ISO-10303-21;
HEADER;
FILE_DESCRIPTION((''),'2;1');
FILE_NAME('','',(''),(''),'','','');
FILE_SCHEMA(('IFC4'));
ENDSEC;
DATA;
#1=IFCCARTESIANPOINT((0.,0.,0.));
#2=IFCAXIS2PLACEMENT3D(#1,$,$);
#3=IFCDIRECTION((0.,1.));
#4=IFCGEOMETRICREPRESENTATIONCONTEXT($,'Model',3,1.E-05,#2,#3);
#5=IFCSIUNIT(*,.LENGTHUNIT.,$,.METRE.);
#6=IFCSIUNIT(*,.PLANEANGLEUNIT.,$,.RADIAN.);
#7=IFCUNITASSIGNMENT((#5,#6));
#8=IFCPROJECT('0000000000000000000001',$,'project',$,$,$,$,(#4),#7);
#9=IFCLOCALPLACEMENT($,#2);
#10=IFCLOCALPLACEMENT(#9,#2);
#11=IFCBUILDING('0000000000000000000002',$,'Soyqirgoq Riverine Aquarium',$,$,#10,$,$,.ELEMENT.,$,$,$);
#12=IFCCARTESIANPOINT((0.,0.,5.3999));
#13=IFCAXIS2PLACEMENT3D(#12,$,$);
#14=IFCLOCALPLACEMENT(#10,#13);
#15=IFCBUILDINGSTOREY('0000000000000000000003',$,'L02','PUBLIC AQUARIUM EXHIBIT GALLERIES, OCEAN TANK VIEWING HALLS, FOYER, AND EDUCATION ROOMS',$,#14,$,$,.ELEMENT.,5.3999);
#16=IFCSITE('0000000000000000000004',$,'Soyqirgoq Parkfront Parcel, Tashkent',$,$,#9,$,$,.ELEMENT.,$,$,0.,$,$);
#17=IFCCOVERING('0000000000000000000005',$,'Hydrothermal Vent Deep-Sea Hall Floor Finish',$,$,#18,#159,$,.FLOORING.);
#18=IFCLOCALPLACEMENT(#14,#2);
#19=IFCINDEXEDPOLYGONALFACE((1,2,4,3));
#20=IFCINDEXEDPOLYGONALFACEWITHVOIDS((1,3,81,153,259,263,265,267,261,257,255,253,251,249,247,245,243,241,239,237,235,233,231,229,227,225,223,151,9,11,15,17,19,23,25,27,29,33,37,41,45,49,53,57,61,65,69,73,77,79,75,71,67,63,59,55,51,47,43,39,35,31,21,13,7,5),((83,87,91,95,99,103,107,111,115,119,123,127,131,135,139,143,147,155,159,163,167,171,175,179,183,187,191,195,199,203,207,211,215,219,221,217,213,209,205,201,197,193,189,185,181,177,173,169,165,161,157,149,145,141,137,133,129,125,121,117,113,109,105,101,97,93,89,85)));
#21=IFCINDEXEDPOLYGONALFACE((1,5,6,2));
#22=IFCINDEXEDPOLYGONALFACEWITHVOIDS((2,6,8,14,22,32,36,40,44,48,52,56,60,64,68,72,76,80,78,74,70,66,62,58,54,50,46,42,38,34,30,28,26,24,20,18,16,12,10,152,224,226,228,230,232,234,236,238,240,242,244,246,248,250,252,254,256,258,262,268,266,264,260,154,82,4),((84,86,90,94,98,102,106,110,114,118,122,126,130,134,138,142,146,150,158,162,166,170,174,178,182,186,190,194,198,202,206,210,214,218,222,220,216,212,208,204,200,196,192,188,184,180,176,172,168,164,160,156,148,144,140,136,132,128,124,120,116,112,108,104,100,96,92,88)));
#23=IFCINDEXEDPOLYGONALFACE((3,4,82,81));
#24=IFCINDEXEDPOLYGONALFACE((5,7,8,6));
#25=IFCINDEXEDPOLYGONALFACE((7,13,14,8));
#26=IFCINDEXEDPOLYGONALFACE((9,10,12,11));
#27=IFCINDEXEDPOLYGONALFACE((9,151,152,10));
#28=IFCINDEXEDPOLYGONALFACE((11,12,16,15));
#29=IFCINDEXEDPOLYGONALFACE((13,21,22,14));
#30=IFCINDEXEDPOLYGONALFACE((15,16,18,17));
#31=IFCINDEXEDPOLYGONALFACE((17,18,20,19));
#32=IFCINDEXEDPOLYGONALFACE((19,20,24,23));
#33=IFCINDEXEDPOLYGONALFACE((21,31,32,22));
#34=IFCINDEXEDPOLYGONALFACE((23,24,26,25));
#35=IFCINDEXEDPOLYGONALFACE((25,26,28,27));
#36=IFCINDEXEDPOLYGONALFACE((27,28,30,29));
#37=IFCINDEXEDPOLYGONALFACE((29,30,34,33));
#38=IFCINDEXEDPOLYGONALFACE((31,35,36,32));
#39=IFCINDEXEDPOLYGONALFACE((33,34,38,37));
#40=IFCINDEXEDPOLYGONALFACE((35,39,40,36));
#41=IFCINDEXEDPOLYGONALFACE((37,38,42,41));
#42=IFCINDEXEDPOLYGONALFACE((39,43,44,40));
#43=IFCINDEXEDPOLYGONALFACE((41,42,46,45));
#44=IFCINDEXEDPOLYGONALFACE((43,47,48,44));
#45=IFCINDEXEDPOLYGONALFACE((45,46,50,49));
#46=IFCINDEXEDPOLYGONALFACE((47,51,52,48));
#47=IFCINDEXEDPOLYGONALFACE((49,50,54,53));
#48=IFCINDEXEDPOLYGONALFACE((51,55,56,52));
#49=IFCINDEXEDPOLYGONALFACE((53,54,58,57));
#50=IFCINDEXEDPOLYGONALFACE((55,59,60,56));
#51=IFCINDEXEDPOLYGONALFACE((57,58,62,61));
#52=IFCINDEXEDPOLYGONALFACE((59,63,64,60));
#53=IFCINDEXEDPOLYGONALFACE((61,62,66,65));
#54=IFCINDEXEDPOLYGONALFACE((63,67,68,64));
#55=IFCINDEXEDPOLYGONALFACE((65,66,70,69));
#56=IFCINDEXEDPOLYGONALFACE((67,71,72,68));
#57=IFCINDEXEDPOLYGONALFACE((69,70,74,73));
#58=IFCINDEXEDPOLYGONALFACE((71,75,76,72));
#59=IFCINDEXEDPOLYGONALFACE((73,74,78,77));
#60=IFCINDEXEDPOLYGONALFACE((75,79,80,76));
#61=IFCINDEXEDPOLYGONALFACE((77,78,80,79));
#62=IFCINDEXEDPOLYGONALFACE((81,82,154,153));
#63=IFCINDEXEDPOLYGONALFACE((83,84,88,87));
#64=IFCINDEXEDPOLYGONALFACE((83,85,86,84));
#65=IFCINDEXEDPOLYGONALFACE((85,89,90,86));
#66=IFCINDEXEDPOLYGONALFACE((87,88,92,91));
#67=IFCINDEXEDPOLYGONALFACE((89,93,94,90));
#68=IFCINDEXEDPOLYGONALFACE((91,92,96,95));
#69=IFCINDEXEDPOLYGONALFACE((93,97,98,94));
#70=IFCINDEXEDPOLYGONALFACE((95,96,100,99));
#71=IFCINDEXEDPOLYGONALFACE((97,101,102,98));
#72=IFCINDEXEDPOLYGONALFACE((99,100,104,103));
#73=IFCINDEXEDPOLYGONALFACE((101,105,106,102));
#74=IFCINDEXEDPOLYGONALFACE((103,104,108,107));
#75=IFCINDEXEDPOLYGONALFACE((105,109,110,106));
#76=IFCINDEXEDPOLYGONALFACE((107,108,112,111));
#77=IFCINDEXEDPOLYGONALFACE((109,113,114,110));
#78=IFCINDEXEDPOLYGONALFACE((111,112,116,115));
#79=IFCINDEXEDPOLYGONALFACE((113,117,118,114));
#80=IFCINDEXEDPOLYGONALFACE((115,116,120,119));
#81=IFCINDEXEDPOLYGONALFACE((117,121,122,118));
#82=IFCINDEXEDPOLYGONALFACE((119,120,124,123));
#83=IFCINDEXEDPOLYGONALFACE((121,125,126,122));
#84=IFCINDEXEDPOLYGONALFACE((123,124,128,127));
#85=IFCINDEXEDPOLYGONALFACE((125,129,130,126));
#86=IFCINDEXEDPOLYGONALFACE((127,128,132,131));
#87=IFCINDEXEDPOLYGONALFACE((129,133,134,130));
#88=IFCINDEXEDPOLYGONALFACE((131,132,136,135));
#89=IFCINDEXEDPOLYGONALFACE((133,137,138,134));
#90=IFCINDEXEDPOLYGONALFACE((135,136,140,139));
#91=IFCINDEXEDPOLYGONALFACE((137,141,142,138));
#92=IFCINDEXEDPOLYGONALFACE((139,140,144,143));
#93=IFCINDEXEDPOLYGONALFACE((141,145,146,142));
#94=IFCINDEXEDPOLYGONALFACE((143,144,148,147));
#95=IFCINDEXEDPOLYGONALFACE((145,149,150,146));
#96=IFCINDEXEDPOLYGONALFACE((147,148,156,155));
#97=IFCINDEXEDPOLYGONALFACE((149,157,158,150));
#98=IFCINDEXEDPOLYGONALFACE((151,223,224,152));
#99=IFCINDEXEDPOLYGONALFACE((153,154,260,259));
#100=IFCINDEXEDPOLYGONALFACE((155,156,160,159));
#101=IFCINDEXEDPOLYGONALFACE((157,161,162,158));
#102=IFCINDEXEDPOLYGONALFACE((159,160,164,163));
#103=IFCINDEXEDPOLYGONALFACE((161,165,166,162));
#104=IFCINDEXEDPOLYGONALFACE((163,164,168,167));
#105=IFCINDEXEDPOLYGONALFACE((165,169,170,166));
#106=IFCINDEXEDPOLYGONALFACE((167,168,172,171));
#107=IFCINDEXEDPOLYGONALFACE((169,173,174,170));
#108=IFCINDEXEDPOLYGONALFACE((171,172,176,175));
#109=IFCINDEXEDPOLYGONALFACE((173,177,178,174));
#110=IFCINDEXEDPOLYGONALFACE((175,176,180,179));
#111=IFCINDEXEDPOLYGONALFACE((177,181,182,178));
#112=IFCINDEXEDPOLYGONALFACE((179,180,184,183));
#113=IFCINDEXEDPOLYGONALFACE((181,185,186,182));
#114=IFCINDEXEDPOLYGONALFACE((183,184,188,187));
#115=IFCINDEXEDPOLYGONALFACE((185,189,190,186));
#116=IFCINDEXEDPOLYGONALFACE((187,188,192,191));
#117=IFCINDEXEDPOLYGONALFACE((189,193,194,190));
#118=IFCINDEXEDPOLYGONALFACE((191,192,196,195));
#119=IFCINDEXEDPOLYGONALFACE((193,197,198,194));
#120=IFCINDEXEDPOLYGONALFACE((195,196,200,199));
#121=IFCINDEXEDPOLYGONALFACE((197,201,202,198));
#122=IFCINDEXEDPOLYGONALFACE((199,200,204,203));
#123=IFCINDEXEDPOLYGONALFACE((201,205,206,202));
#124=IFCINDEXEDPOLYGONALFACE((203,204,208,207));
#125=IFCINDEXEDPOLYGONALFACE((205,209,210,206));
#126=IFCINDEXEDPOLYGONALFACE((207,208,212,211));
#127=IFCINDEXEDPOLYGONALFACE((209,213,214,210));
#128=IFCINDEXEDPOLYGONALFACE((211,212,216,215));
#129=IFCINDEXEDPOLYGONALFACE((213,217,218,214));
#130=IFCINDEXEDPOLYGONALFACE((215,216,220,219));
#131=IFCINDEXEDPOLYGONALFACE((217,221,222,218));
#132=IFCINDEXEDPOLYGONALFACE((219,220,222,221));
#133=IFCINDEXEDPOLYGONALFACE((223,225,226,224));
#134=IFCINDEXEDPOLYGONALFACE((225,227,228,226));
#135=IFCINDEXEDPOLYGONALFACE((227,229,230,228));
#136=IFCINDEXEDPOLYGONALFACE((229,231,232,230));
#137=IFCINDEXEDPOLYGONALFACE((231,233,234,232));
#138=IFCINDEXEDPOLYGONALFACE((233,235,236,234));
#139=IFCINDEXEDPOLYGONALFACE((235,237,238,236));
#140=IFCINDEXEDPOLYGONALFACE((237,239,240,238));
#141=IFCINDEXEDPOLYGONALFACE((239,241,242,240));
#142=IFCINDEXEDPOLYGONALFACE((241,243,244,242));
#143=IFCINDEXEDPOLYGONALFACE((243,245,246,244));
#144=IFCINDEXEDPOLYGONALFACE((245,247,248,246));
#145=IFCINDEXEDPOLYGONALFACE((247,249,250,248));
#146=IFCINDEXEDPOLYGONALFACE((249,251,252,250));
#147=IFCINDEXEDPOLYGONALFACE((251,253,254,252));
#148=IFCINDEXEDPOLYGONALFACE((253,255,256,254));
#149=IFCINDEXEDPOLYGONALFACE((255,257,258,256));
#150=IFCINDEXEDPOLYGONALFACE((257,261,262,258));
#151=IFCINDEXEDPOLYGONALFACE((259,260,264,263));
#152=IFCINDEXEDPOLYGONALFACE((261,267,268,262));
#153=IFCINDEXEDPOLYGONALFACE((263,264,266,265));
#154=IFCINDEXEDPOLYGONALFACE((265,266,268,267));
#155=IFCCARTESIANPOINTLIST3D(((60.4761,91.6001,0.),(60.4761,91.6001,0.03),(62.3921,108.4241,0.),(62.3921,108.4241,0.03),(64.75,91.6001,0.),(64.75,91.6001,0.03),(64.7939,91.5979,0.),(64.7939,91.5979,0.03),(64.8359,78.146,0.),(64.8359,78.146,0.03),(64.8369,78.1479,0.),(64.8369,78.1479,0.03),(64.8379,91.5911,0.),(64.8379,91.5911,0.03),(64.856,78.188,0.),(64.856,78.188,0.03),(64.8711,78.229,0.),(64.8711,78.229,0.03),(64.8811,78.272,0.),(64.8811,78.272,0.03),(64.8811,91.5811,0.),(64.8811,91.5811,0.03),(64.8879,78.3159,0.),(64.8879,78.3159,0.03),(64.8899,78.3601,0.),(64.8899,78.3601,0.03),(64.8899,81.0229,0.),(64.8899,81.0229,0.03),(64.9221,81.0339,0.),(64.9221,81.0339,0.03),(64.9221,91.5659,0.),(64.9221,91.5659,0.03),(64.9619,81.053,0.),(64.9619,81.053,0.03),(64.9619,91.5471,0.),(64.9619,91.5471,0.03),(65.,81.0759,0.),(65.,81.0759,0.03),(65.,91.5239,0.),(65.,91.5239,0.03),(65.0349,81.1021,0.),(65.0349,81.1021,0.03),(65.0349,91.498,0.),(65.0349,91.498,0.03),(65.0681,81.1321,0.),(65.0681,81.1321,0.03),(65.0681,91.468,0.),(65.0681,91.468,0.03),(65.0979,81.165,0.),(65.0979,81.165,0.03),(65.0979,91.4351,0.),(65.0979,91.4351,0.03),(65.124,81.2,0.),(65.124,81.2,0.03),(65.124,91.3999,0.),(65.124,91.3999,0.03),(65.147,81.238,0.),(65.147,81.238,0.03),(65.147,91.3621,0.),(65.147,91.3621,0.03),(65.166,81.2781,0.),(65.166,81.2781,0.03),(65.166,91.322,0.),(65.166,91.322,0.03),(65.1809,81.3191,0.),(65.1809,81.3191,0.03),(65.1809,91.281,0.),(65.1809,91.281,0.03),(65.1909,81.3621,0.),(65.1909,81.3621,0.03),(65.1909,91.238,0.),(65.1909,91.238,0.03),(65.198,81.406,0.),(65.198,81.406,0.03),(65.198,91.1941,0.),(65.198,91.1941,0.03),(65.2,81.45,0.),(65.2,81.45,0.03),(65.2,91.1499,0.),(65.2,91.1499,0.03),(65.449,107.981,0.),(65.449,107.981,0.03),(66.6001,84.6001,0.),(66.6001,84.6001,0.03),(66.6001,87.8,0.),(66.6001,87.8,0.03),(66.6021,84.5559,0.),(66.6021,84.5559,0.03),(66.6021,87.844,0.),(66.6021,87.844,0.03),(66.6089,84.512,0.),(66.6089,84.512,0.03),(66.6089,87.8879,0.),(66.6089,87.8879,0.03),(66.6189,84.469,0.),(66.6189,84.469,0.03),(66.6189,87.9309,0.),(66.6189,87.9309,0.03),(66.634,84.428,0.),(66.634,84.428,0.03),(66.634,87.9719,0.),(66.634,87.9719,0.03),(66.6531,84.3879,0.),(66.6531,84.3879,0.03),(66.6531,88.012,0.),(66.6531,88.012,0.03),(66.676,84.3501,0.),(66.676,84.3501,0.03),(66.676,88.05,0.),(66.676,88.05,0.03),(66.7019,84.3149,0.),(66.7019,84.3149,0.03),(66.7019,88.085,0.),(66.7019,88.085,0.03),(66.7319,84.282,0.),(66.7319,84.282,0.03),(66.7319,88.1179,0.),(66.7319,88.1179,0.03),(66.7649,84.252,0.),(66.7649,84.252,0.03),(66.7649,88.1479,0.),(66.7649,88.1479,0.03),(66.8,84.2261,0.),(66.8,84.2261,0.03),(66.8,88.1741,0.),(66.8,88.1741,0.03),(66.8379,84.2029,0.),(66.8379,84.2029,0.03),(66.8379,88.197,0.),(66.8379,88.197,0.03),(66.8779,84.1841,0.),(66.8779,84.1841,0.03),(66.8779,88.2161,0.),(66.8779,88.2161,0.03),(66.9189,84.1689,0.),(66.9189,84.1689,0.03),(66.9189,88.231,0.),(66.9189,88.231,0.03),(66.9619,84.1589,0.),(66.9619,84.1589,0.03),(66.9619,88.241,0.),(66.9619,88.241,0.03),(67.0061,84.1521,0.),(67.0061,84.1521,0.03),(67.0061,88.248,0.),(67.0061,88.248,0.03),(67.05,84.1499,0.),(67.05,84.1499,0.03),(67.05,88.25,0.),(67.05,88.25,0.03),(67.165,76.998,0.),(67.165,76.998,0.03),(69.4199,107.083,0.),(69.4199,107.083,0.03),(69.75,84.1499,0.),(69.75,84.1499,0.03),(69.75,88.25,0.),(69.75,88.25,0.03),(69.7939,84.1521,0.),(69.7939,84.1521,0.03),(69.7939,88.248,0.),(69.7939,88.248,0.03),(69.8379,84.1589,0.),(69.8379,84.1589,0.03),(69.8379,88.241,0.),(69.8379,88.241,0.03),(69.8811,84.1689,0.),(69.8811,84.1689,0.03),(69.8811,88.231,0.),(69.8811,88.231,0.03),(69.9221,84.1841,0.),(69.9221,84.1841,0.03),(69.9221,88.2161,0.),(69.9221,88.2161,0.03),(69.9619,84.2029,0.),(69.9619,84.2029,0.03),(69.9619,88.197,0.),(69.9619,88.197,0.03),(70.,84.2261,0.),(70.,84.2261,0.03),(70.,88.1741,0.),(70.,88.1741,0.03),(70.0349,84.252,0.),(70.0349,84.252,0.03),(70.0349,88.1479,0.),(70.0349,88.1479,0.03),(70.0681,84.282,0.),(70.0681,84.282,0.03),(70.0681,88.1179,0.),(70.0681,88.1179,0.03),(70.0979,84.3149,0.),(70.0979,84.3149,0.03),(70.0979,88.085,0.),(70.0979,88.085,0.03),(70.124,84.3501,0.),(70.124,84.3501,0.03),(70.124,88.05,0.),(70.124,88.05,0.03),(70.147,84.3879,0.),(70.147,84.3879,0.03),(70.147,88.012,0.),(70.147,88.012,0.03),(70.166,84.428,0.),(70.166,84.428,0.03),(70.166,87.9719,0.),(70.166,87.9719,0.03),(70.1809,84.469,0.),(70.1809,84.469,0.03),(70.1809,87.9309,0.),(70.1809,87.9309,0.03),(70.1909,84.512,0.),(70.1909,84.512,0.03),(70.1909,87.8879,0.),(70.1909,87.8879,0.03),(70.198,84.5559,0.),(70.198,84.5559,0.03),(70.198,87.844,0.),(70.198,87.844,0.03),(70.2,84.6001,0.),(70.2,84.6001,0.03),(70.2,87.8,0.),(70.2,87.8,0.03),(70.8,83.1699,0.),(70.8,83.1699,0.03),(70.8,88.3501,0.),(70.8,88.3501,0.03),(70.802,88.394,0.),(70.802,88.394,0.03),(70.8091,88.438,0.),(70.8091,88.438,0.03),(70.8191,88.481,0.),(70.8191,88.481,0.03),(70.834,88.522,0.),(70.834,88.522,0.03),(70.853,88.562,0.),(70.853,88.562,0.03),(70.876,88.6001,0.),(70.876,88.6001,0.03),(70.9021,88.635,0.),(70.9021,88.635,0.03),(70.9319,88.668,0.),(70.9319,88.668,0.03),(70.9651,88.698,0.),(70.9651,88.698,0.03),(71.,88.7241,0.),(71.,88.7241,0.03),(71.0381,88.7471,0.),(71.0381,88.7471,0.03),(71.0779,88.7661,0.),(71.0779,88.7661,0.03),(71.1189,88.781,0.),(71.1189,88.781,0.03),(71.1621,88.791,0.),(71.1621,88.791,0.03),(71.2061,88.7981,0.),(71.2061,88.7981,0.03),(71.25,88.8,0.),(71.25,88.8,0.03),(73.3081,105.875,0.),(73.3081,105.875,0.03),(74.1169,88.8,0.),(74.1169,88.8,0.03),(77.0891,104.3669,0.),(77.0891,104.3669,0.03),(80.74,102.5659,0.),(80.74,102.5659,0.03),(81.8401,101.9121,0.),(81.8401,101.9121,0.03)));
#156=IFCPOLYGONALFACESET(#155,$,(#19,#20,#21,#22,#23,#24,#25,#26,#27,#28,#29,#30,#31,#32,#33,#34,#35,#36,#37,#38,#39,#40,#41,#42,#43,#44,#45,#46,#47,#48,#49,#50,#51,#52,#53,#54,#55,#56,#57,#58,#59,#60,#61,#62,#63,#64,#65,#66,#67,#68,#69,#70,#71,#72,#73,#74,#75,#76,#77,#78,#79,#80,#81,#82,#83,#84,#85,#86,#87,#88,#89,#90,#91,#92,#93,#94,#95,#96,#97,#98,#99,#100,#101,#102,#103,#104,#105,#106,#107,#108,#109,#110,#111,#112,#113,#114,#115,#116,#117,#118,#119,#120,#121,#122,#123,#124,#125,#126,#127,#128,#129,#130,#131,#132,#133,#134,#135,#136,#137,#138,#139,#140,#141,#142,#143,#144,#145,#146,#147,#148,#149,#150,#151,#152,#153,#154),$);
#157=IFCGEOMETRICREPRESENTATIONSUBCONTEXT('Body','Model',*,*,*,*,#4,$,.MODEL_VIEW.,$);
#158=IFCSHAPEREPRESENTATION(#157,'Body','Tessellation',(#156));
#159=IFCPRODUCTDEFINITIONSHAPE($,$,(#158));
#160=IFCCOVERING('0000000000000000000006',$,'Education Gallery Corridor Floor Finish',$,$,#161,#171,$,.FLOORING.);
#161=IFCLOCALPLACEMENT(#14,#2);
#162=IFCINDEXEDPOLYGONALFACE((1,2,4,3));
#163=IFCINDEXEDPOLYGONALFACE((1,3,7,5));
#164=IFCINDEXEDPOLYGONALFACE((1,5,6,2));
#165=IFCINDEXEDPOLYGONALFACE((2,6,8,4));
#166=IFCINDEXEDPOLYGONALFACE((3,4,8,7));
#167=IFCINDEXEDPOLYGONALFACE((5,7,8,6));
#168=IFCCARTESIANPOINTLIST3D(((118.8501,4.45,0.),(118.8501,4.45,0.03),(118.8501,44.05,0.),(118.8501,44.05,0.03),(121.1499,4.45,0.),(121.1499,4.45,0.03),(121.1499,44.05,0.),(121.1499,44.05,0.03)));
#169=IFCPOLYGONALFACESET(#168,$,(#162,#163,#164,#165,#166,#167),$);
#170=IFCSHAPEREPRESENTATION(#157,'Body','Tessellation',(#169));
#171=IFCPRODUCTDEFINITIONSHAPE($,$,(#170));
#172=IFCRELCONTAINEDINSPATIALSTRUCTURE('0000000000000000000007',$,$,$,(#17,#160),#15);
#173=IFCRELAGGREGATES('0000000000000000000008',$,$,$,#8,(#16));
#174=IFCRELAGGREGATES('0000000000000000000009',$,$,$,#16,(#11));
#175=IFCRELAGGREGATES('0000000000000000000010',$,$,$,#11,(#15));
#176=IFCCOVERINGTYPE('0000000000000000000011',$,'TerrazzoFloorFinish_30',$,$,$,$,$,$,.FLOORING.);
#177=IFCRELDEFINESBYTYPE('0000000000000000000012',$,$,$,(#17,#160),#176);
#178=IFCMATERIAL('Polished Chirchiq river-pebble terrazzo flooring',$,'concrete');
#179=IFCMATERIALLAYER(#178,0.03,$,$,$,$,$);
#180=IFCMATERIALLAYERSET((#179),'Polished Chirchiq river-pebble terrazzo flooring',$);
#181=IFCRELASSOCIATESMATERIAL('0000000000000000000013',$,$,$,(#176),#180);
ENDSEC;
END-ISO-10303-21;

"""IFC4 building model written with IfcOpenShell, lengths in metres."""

from ifc_helpers import new_model, si_unit, direction, frame, origin, place, context, subcontext, project, spatial, polyline, outline, extrude, material, layer, layer_set, type_object, element, save


model = new_model("IFC4")

# Units and contexts
model_context = context("Model", 3, precision=1e-05, world=origin(), true_north=direction((0.0, 1.0)))
body_context = subcontext(model_context, "Body", "Model", "MODEL_VIEW")
ifc_project = project(units=[si_unit("LENGTHUNIT", "METRE"), si_unit("PLANEANGLEUNIT", "RADIAN")], contexts=[model_context])

# Site, building, storey
site_placement = place(None, origin())
site = spatial("IfcSite", under=ifc_project, at=site_placement, Name="Soyqirgoq Parkfront Parcel, Tashkent", CompositionType="ELEMENT", RefElevation=0.0)
building_placement = place(site_placement, origin())
building = spatial("IfcBuilding", under=site, at=building_placement, Name="Soyqirgoq Riverine Aquarium", CompositionType="ELEMENT")
storey_placement = place(building_placement, frame((0.0, 0.0, 5.3999)))
storey = spatial("IfcBuildingStorey", under=building, at=storey_placement, Name="L02", Description="PUBLIC AQUARIUM EXHIBIT GALLERIES, OCEAN TANK VIEWING HALLS, FOYER, AND EDUCATION ROOMS", CompositionType="ELEMENT", Elevation=5.3999)

# Coverings
ifc_material_1 = material(Name="Polished Chirchiq river-pebble terrazzo flooring", Category="concrete")
ifc_layer_1 = layer(ifc_material_1, 0.03)
ifc_layer_set_1 = layer_set([ifc_layer_1], Name="Polished Chirchiq river-pebble terrazzo flooring")
covering_type_1 = type_object("IfcCoveringType", Name="TerrazzoFloorFinish_30", PredefinedType="FLOORING", material=ifc_layer_set_1)
covering_1_placement = place(storey_placement, origin())
element("IfcCovering", 1, at=covering_1_placement, inside=storey, type_object=covering_type_1, Name="Hydrothermal Vent Deep-Sea Hall Floor Finish", PredefinedType="FLOORING", context=body_context, shape_type="SweptSolid", body=[
    extrude(outline(polyline([(62.3921, 108.4241), (65.449, 107.981), (69.4199, 107.083), (73.3081, 105.875), (77.0891, 104.3669), (80.74, 102.5659), (81.8401, 101.9121), (74.1169, 88.8), (71.25, 88.8), (71.2061, 88.7981), (71.1621, 88.791), (71.1189, 88.781), (71.0779, 88.7661), (71.0381, 88.7471), (71.0, 88.7241), (70.9651, 88.698), (70.9319, 88.668), (70.9021, 88.635), (70.876, 88.6001), (70.853, 88.562), (70.834, 88.522), (70.8191, 88.481), (70.8091, 88.438), (70.802, 88.394), (70.8, 88.3501), (70.8, 83.1699), (67.165, 76.998), (64.8359, 78.146), (64.8369, 78.1479), (64.856, 78.188), (64.8711, 78.229), (64.8811, 78.272), (64.8879, 78.3159), (64.8899, 78.3601), (64.8899, 81.0229), (64.9221, 81.0339), (64.9619, 81.053), (65.0, 81.0759), (65.0349, 81.1021), (65.0681, 81.1321), (65.0979, 81.165), (65.124, 81.2), (65.147, 81.238), (65.166, 81.2781), (65.1809, 81.3191), (65.1909, 81.3621), (65.198, 81.406), (65.2, 81.45), (65.2, 91.1499), (65.198, 91.1941), (65.1909, 91.238), (65.1809, 91.281), (65.166, 91.322), (65.147, 91.3621), (65.124, 91.3999), (65.0979, 91.4351), (65.0681, 91.468), (65.0349, 91.498), (65.0, 91.5239), (64.9619, 91.5471), (64.9221, 91.5659), (64.8811, 91.5811), (64.8379, 91.5911), (64.7939, 91.5979), (64.75, 91.6001), (60.4761, 91.6001), (62.3921, 108.4241)]), holes=[polyline([(66.6001, 87.8), (66.6021, 87.844), (66.6089, 87.8879), (66.6189, 87.9309), (66.634, 87.9719), (66.6531, 88.012), (66.676, 88.05), (66.7019, 88.085), (66.7319, 88.1179), (66.7649, 88.1479), (66.8, 88.1741), (66.8379, 88.197), (66.8779, 88.2161), (66.9189, 88.231), (66.9619, 88.241), (67.0061, 88.248), (67.05, 88.25), (69.75, 88.25), (69.7939, 88.248), (69.8379, 88.241), (69.8811, 88.231), (69.9221, 88.2161), (69.9619, 88.197), (70.0, 88.1741), (70.0349, 88.1479), (70.0681, 88.1179), (70.0979, 88.085), (70.124, 88.05), (70.147, 88.012), (70.166, 87.9719), (70.1809, 87.9309), (70.1909, 87.8879), (70.198, 87.844), (70.2, 87.8), (70.2, 84.6001), (70.198, 84.5559), (70.1909, 84.512), (70.1809, 84.469), (70.166, 84.428), (70.147, 84.3879), (70.124, 84.3501), (70.0979, 84.3149), (70.0681, 84.282), (70.0349, 84.252), (70.0, 84.2261), (69.9619, 84.2029), (69.9221, 84.1841), (69.8811, 84.1689), (69.8379, 84.1589), (69.7939, 84.1521), (69.75, 84.1499), (67.05, 84.1499), (67.0061, 84.1521), (66.9619, 84.1589), (66.9189, 84.1689), (66.8779, 84.1841), (66.8379, 84.2029), (66.8, 84.2261), (66.7649, 84.252), (66.7319, 84.282), (66.7019, 84.3149), (66.676, 84.3501), (66.6531, 84.3879), (66.634, 84.428), (66.6189, 84.469), (66.6089, 84.512), (66.6021, 84.5559), (66.6001, 84.6001), (66.6001, 87.8)])]), origin(), (0.0, 0.0, 1.0), 0.03),
])
covering_2_placement = place(storey_placement, origin())
element("IfcCovering", 2, at=covering_2_placement, inside=storey, type_object=covering_type_1, Name="Education Gallery Corridor Floor Finish", PredefinedType="FLOORING", context=body_context, shape_type="SweptSolid", body=[
    extrude(outline(polyline([(118.8501, 4.45), (118.8501, 44.05), (121.1499, 44.05), (121.1499, 4.45), (118.8501, 4.45)])), origin(), (0.0, 0.0, 1.0), 0.03),
])

save(model, "model.ifc")
